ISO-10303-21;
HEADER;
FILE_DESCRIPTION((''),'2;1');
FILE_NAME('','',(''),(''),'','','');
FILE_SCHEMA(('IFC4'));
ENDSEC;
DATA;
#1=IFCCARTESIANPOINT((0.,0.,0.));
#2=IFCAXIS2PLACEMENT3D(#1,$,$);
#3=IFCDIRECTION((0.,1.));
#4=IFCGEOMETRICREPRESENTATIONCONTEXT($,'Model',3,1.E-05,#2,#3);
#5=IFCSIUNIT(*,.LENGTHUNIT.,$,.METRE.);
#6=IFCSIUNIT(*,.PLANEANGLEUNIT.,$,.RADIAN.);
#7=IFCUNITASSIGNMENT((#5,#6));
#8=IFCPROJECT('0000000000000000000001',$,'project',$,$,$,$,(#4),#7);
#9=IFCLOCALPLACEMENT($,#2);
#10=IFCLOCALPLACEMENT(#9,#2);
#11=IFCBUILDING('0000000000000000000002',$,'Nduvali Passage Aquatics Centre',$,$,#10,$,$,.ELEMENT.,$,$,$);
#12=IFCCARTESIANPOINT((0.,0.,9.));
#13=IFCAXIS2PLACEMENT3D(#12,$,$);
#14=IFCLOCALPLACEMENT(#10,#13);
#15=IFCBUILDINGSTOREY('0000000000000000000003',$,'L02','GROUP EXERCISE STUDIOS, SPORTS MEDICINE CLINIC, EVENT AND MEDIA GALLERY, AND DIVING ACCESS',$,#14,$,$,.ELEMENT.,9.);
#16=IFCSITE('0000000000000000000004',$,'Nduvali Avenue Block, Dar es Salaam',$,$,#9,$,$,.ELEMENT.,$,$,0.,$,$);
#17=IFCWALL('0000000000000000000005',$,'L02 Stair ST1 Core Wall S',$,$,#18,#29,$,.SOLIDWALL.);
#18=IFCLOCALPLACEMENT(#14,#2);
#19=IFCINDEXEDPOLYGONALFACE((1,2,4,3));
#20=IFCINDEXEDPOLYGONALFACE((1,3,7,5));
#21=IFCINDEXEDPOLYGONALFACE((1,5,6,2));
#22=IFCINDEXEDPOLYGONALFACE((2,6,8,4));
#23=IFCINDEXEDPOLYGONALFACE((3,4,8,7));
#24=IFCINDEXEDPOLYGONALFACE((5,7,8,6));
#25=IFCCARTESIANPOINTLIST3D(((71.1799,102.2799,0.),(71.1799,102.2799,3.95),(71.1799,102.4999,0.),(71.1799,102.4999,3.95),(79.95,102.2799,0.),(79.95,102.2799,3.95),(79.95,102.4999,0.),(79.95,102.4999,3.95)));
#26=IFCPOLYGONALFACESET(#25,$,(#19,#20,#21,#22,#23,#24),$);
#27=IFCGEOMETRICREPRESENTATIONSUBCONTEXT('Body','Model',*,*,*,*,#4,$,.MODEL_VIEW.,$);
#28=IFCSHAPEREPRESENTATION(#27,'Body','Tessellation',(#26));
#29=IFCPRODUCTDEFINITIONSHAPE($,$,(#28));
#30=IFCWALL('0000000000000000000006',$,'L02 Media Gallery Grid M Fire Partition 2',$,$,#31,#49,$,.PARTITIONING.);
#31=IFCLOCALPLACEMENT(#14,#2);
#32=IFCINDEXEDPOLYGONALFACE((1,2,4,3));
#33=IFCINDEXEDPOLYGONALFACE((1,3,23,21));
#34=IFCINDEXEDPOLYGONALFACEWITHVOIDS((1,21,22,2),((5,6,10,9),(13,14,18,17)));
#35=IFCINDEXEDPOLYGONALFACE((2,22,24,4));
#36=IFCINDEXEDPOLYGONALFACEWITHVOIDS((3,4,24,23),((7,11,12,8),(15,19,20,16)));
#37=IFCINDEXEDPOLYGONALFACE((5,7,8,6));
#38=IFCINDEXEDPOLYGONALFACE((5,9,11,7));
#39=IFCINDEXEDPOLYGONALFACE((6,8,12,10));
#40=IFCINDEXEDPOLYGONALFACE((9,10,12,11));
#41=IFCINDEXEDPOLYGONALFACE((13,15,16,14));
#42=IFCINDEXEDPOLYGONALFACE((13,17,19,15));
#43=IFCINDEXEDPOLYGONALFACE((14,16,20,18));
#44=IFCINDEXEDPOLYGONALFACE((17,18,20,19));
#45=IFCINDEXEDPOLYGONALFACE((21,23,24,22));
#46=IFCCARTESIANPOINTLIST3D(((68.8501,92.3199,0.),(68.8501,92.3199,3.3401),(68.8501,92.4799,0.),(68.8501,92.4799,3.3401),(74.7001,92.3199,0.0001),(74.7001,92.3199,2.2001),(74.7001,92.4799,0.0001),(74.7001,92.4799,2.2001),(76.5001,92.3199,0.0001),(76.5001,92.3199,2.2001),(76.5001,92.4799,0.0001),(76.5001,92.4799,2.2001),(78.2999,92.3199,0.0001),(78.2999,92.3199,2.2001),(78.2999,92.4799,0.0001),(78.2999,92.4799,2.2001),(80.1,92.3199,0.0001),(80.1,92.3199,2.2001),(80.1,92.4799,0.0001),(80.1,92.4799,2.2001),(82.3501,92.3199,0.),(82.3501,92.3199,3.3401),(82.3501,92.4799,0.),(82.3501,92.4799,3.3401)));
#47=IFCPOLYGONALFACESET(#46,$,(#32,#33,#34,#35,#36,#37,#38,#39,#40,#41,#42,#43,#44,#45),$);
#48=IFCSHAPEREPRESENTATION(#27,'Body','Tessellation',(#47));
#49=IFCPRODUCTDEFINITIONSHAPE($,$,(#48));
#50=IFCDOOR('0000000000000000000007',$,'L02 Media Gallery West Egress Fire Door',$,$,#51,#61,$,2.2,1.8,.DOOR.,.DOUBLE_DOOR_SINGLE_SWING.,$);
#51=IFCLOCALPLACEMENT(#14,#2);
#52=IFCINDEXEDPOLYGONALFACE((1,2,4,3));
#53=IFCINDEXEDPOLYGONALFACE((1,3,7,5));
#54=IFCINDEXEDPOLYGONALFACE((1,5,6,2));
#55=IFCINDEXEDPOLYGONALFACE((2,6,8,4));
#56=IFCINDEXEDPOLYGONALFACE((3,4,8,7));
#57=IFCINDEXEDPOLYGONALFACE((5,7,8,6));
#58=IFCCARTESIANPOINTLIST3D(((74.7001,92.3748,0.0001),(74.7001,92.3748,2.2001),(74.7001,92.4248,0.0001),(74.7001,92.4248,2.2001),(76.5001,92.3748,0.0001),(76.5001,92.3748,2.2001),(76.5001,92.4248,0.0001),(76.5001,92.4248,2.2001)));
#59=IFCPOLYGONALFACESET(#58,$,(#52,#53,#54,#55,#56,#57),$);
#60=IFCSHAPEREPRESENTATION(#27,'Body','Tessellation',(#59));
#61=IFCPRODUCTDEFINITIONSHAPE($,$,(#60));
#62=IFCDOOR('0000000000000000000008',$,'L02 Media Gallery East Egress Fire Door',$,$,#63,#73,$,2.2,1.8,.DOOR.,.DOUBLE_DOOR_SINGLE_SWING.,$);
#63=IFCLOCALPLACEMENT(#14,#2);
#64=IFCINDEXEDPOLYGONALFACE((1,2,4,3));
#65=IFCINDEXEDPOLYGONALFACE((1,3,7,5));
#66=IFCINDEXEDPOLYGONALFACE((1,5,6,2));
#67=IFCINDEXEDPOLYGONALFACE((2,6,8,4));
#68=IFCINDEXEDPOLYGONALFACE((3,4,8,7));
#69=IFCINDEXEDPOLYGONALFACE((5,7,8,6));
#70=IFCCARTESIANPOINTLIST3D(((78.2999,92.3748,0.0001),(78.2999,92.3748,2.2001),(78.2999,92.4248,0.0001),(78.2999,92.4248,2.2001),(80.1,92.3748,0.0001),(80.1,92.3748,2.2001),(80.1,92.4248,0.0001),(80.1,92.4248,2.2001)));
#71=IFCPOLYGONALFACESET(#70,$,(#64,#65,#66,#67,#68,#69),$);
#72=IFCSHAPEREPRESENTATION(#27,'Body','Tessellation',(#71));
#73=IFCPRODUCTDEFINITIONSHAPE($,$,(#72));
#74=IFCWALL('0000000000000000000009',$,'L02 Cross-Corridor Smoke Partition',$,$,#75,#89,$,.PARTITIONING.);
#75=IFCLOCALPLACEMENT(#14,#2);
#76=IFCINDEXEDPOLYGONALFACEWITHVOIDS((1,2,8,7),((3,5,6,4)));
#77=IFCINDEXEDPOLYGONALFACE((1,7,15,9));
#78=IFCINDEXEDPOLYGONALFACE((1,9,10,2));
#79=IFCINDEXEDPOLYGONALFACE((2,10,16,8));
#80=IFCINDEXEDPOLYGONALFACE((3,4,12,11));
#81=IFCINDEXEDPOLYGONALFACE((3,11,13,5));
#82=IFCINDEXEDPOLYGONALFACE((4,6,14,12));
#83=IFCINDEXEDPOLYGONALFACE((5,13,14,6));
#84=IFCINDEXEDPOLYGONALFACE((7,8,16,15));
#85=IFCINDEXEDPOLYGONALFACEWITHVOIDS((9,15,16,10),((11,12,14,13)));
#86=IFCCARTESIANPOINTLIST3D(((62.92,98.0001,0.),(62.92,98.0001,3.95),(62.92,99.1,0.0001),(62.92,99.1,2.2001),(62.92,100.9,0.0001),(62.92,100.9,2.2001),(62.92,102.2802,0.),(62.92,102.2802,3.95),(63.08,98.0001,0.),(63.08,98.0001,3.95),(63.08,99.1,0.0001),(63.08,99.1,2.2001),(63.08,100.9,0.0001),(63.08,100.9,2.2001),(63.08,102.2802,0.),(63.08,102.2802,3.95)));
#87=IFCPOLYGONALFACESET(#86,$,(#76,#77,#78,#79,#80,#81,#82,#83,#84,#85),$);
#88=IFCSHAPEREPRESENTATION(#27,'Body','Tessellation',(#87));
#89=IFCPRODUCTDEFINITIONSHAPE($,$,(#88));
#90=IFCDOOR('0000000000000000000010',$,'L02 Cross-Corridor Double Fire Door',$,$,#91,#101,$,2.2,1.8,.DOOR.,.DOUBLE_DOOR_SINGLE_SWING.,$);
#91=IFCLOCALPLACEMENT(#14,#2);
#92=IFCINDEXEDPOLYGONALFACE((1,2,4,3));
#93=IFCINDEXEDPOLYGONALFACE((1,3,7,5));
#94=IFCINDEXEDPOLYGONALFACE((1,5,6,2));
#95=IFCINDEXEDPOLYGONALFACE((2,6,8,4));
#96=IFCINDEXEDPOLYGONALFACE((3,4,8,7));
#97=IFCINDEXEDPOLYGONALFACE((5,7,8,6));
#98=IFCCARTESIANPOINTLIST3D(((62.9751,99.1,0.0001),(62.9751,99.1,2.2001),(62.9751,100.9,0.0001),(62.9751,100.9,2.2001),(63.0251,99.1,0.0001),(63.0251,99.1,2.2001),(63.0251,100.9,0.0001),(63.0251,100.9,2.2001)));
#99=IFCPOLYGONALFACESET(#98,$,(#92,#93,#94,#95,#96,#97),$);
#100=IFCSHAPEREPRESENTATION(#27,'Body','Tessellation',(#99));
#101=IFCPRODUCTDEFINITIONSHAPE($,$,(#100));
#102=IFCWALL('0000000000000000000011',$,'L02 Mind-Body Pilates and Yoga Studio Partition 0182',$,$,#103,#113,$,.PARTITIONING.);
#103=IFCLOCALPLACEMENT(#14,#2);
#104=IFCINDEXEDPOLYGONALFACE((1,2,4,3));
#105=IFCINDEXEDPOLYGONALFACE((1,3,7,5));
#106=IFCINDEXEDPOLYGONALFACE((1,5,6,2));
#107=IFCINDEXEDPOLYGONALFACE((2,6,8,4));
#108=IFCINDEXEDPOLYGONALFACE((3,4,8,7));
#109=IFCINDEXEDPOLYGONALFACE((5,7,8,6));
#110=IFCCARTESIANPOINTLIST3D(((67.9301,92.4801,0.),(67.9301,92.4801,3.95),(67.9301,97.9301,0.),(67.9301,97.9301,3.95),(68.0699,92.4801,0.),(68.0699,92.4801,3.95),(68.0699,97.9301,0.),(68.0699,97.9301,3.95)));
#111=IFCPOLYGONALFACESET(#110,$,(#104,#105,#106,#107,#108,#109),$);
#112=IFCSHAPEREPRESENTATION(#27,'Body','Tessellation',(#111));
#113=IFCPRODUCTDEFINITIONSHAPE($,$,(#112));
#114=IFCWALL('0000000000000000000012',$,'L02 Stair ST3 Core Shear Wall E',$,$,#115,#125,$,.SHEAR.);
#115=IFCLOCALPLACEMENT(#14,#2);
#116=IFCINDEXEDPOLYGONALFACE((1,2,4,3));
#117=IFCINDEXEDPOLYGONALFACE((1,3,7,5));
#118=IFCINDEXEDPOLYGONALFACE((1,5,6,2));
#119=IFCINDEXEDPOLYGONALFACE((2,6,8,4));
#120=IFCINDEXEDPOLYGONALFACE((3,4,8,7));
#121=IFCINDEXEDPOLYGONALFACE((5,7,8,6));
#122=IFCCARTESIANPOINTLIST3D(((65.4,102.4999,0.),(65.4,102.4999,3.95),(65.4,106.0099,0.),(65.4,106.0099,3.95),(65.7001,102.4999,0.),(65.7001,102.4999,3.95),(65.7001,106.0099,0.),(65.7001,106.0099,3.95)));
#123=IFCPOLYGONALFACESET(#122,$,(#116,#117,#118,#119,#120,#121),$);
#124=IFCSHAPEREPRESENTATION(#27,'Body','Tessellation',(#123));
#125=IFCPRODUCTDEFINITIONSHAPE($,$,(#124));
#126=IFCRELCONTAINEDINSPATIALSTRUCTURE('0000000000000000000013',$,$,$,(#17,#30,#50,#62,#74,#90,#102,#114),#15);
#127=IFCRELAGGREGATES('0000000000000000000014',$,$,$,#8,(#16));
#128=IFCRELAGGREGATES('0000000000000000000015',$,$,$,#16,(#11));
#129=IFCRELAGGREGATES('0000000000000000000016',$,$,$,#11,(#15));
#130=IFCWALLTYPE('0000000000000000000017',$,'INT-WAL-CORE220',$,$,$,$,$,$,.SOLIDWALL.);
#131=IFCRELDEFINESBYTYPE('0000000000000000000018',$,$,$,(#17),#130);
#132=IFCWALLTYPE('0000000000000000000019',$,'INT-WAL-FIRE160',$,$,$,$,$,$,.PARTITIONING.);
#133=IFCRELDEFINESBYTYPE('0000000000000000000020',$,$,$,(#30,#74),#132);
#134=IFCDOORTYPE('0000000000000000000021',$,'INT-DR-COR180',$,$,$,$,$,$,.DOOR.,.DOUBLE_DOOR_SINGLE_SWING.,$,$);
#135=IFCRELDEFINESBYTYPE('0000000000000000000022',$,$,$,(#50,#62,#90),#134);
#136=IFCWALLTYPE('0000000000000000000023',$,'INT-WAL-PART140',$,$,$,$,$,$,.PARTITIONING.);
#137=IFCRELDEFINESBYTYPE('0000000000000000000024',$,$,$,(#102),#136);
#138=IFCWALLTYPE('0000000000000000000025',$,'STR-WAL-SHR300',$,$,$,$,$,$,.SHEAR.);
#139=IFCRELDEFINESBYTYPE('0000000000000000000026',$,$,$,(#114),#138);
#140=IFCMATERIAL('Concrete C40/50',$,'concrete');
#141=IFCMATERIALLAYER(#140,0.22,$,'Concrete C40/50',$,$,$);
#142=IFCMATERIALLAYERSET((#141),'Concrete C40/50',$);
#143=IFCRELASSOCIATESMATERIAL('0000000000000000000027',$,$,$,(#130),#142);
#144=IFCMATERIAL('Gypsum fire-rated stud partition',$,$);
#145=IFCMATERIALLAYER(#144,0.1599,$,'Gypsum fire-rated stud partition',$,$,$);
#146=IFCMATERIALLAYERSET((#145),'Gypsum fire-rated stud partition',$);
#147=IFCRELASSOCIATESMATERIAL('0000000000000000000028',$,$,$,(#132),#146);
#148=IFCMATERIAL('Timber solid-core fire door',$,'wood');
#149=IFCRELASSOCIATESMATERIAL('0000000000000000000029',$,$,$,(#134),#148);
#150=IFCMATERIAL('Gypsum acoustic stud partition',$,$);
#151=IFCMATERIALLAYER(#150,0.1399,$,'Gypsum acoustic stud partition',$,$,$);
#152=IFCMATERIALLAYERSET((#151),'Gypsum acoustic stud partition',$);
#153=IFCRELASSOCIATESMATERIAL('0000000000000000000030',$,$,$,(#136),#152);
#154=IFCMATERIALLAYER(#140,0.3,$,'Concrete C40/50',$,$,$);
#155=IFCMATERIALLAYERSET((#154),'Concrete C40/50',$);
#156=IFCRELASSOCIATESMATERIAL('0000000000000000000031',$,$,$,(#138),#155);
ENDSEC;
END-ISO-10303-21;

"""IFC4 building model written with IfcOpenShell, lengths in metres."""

from ifc_helpers import new_model, si_unit, direction, frame, frame_2d, origin, place, context, subcontext, project, spatial, rectangle, extrude, material, layer, layer_set, type_object, element, fill, save


model = new_model("IFC4")

# Units and contexts
model_context = context("Model", 3, precision=1e-05, world=origin(), true_north=direction((0.0, 1.0)))
body_context = subcontext(model_context, "Body", "Model", "MODEL_VIEW")
ifc_project = project(units=[si_unit("LENGTHUNIT", "METRE"), si_unit("PLANEANGLEUNIT", "RADIAN")], contexts=[model_context])

# Site, building, storey
site_placement = place(None, origin())
site = spatial("IfcSite", under=ifc_project, at=site_placement, Name="Nduvali Avenue Block, Dar es Salaam", CompositionType="ELEMENT", RefElevation=0.0)
building_placement = place(site_placement, origin())
building = spatial("IfcBuilding", under=site, at=building_placement, Name="Nduvali Passage Aquatics Centre", CompositionType="ELEMENT")
storey_placement = place(building_placement, frame((0.0, 0.0, 9.0)))
storey = spatial("IfcBuildingStorey", under=building, at=storey_placement, Name="L02", Description="GROUP EXERCISE STUDIOS, SPORTS MEDICINE CLINIC, EVENT AND MEDIA GALLERY, AND DIVING ACCESS", CompositionType="ELEMENT", Elevation=9.0)

# Shared definitions
ifc_material_1 = material(Name="Concrete C40/50", Category="concrete")

# Wall
ifc_layer_1 = layer(ifc_material_1, 0.22, Name="Concrete C40/50")
ifc_layer_set_1 = layer_set([ifc_layer_1], Name="Concrete C40/50")
wall_type_1 = type_object("IfcWallType", Name="INT-WAL-CORE220", PredefinedType="SOLIDWALL", material=ifc_layer_set_1)
wall_1_placement = place(storey_placement, frame((71.1799, 102.3899, 0.0), z_axis=(0.0, 0.0, 1.0), x_axis=(1.0, 0.0, 0.0)))
element("IfcWall", 1, at=wall_1_placement, inside=storey, type_object=wall_type_1, Name="L02 Stair ST1 Core Wall S", PredefinedType="SOLIDWALL", context=body_context, shape_type="SweptSolid", body=[
    extrude(rectangle(XDim=8.77, YDim=0.22, at=frame_2d((4.385, 0.0))), origin(), (0.0, 0.0, 1.0), 3.95),
])

# Wall, openings, doors
ifc_material_2 = material(Name="Gypsum fire-rated stud partition")
ifc_layer_2 = layer(ifc_material_2, 0.1599, Name="Gypsum fire-rated stud partition")
ifc_layer_set_2 = layer_set([ifc_layer_2], Name="Gypsum fire-rated stud partition")
wall_type_2 = type_object("IfcWallType", Name="INT-WAL-FIRE160", PredefinedType="PARTITIONING", material=ifc_layer_set_2)
wall_2_placement = place(storey_placement, frame((68.8501, 92.3999, 0.0), z_axis=(0.0, 0.0, 1.0), x_axis=(1.0, 0.0, 0.0)))
wall_2 = element("IfcWall", 2, at=wall_2_placement, inside=storey, type_object=wall_type_2, Name="L02 Media Gallery Grid M Fire Partition 2", PredefinedType="PARTITIONING", context=body_context, shape_type="SweptSolid", body=[
    extrude(rectangle(XDim=13.5, YDim=0.1599, at=frame_2d((6.75, 0.0))), origin(), (0.0, 0.0, 1.0), 3.3401),
])
opening_1_placement = place(wall_2_placement, frame((5.8501, 0.0, 0.0)))
opening_1 = element("IfcOpeningElement", 3, at=opening_1_placement, cuts=wall_2, PredefinedType="OPENING", context=body_context, shape_type="SweptSolid", body=[
    extrude(rectangle(XDim=1.8, YDim=2.2, at=frame_2d((0.8999, 1.1001))), frame((0.0, 0.0947, 0.0), z_axis=(0.0, -1.0, 0.0), x_axis=(1.0, 0.0, 0.0)), (0.0, 0.0, 1.0), 0.1897),
])
opening_2_placement = place(wall_2_placement, frame((9.45, 0.0, 0.0)))
opening_2 = element("IfcOpeningElement", 4, at=opening_2_placement, cuts=wall_2, PredefinedType="OPENING", context=body_context, shape_type="SweptSolid", body=[
    extrude(rectangle(XDim=1.8, YDim=2.2, at=frame_2d((0.8999, 1.1001))), frame((0.0, 0.0947, 0.0), z_axis=(0.0, -1.0, 0.0), x_axis=(1.0, 0.0, 0.0)), (0.0, 0.0, 1.0), 0.1897),
])
ifc_material_3 = material(Name="Timber solid-core fire door", Category="wood")
door_type = type_object("IfcDoorType", Name="INT-DR-COR180", OperationType="DOUBLE_DOOR_SINGLE_SWING", PredefinedType="DOOR", material=ifc_material_3)
door_1_placement = place(opening_1_placement, origin())
door_1 = element("IfcDoor", 5, at=door_1_placement, inside=storey, type_object=door_type, Name="L02 Media Gallery West Egress Fire Door", OperationType="DOUBLE_DOOR_SINGLE_SWING", OverallHeight=2.2, OverallWidth=1.8, PredefinedType="DOOR", context=body_context, shape_type="SweptSolid", body=[
    extrude(rectangle(XDim=1.8, YDim=2.2, at=frame_2d((0.8999, 1.1001))), frame((0.0, 0.0249, 0.0), z_axis=(0.0, -1.0, 0.0), x_axis=(1.0, 0.0, 0.0)), (0.0, 0.0, 1.0), 0.05),
])
fill(opening_1, door_1)
door_2_placement = place(opening_2_placement, origin())
door_2 = element("IfcDoor", 6, at=door_2_placement, inside=storey, type_object=door_type, Name="L02 Media Gallery East Egress Fire Door", OperationType="DOUBLE_DOOR_SINGLE_SWING", OverallHeight=2.2, OverallWidth=1.8, PredefinedType="DOOR", context=body_context, shape_type="SweptSolid", body=[
    extrude(rectangle(XDim=1.8, YDim=2.2, at=frame_2d((0.8999, 1.1001))), frame((0.0, 0.0249, 0.0), z_axis=(0.0, -1.0, 0.0), x_axis=(1.0, 0.0, 0.0)), (0.0, 0.0, 1.0), 0.05),
])
fill(opening_2, door_2)

# Wall, opening, door
wall_3_placement = place(storey_placement, frame((63.0, 98.0, 0.0), z_axis=(0.0, 0.0, 1.0), x_axis=(0.0, 1.0, 0.0)))
wall_3 = element("IfcWall", 7, at=wall_3_placement, inside=storey, type_object=wall_type_2, Name="L02 Cross-Corridor Smoke Partition", PredefinedType="PARTITIONING", context=body_context, shape_type="SweptSolid", body=[
    extrude(rectangle(XDim=4.28, YDim=0.1599, at=frame_2d((2.1401, 0.0))), origin(), (0.0, 0.0, 1.0), 3.95),
])
opening_3_placement = place(wall_3_placement, frame((1.1001, 0.0, 0.0)))
opening_3 = element("IfcOpeningElement", 8, at=opening_3_placement, cuts=wall_3, PredefinedType="OPENING", context=body_context, shape_type="SweptSolid", body=[
    extrude(rectangle(XDim=1.8, YDim=2.2, at=frame_2d((0.8999, 1.1001))), frame((0.0, 0.0947, 0.0), z_axis=(0.0, -1.0, 0.0), x_axis=(1.0, 0.0, 0.0)), (0.0, 0.0, 1.0), 0.1897),
])
door_3_placement = place(opening_3_placement, origin())
door_3 = element("IfcDoor", 9, at=door_3_placement, inside=storey, type_object=door_type, Name="L02 Cross-Corridor Double Fire Door", OperationType="DOUBLE_DOOR_SINGLE_SWING", OverallHeight=2.2, OverallWidth=1.8, PredefinedType="DOOR", context=body_context, shape_type="SweptSolid", body=[
    extrude(rectangle(XDim=1.8, YDim=2.2, at=frame_2d((0.8999, 1.1001))), frame((0.0, 0.0249, 0.0), z_axis=(0.0, -1.0, 0.0), x_axis=(1.0, 0.0, 0.0)), (0.0, 0.0, 1.0), 0.05),
])
fill(opening_3, door_3)

# Walls
ifc_material_4 = material(Name="Gypsum acoustic stud partition")
ifc_layer_3 = layer(ifc_material_4, 0.1399, Name="Gypsum acoustic stud partition")
ifc_layer_set_3 = layer_set([ifc_layer_3], Name="Gypsum acoustic stud partition")
wall_type_3 = type_object("IfcWallType", Name="INT-WAL-PART140", PredefinedType="PARTITIONING", material=ifc_layer_set_3)
wall_4_placement = place(storey_placement, frame((68.0, 92.48, 0.0), z_axis=(0.0, 0.0, 1.0), x_axis=(0.0, 1.0, 0.0)))
element("IfcWall", 10, at=wall_4_placement, inside=storey, type_object=wall_type_3, Name="L02 Mind-Body Pilates and Yoga Studio Partition 0182", PredefinedType="PARTITIONING", context=body_context, shape_type="SweptSolid", body=[
    extrude(rectangle(XDim=5.45, YDim=0.1399, at=frame_2d((2.7251, 0.0))), origin(), (0.0, 0.0, 1.0), 3.95),
])
ifc_layer_4 = layer(ifc_material_1, 0.3, Name="Concrete C40/50")
ifc_layer_set_4 = layer_set([ifc_layer_4], Name="Concrete C40/50")
wall_type_4 = type_object("IfcWallType", Name="STR-WAL-SHR300", PredefinedType="SHEAR", material=ifc_layer_set_4)
wall_5_placement = place(storey_placement, frame((65.55, 102.5, 0.0), z_axis=(0.0, 0.0, 1.0), x_axis=(0.0, 1.0, 0.0)))
element("IfcWall", 11, at=wall_5_placement, inside=storey, type_object=wall_type_4, Name="L02 Stair ST3 Core Shear Wall E", PredefinedType="SHEAR", context=body_context, shape_type="SweptSolid", body=[
    extrude(rectangle(XDim=3.51, YDim=0.3, at=frame_2d((1.7549, 0.0))), origin(), (0.0, 0.0, 1.0), 3.95),
])

save(model, "model.ifc")
